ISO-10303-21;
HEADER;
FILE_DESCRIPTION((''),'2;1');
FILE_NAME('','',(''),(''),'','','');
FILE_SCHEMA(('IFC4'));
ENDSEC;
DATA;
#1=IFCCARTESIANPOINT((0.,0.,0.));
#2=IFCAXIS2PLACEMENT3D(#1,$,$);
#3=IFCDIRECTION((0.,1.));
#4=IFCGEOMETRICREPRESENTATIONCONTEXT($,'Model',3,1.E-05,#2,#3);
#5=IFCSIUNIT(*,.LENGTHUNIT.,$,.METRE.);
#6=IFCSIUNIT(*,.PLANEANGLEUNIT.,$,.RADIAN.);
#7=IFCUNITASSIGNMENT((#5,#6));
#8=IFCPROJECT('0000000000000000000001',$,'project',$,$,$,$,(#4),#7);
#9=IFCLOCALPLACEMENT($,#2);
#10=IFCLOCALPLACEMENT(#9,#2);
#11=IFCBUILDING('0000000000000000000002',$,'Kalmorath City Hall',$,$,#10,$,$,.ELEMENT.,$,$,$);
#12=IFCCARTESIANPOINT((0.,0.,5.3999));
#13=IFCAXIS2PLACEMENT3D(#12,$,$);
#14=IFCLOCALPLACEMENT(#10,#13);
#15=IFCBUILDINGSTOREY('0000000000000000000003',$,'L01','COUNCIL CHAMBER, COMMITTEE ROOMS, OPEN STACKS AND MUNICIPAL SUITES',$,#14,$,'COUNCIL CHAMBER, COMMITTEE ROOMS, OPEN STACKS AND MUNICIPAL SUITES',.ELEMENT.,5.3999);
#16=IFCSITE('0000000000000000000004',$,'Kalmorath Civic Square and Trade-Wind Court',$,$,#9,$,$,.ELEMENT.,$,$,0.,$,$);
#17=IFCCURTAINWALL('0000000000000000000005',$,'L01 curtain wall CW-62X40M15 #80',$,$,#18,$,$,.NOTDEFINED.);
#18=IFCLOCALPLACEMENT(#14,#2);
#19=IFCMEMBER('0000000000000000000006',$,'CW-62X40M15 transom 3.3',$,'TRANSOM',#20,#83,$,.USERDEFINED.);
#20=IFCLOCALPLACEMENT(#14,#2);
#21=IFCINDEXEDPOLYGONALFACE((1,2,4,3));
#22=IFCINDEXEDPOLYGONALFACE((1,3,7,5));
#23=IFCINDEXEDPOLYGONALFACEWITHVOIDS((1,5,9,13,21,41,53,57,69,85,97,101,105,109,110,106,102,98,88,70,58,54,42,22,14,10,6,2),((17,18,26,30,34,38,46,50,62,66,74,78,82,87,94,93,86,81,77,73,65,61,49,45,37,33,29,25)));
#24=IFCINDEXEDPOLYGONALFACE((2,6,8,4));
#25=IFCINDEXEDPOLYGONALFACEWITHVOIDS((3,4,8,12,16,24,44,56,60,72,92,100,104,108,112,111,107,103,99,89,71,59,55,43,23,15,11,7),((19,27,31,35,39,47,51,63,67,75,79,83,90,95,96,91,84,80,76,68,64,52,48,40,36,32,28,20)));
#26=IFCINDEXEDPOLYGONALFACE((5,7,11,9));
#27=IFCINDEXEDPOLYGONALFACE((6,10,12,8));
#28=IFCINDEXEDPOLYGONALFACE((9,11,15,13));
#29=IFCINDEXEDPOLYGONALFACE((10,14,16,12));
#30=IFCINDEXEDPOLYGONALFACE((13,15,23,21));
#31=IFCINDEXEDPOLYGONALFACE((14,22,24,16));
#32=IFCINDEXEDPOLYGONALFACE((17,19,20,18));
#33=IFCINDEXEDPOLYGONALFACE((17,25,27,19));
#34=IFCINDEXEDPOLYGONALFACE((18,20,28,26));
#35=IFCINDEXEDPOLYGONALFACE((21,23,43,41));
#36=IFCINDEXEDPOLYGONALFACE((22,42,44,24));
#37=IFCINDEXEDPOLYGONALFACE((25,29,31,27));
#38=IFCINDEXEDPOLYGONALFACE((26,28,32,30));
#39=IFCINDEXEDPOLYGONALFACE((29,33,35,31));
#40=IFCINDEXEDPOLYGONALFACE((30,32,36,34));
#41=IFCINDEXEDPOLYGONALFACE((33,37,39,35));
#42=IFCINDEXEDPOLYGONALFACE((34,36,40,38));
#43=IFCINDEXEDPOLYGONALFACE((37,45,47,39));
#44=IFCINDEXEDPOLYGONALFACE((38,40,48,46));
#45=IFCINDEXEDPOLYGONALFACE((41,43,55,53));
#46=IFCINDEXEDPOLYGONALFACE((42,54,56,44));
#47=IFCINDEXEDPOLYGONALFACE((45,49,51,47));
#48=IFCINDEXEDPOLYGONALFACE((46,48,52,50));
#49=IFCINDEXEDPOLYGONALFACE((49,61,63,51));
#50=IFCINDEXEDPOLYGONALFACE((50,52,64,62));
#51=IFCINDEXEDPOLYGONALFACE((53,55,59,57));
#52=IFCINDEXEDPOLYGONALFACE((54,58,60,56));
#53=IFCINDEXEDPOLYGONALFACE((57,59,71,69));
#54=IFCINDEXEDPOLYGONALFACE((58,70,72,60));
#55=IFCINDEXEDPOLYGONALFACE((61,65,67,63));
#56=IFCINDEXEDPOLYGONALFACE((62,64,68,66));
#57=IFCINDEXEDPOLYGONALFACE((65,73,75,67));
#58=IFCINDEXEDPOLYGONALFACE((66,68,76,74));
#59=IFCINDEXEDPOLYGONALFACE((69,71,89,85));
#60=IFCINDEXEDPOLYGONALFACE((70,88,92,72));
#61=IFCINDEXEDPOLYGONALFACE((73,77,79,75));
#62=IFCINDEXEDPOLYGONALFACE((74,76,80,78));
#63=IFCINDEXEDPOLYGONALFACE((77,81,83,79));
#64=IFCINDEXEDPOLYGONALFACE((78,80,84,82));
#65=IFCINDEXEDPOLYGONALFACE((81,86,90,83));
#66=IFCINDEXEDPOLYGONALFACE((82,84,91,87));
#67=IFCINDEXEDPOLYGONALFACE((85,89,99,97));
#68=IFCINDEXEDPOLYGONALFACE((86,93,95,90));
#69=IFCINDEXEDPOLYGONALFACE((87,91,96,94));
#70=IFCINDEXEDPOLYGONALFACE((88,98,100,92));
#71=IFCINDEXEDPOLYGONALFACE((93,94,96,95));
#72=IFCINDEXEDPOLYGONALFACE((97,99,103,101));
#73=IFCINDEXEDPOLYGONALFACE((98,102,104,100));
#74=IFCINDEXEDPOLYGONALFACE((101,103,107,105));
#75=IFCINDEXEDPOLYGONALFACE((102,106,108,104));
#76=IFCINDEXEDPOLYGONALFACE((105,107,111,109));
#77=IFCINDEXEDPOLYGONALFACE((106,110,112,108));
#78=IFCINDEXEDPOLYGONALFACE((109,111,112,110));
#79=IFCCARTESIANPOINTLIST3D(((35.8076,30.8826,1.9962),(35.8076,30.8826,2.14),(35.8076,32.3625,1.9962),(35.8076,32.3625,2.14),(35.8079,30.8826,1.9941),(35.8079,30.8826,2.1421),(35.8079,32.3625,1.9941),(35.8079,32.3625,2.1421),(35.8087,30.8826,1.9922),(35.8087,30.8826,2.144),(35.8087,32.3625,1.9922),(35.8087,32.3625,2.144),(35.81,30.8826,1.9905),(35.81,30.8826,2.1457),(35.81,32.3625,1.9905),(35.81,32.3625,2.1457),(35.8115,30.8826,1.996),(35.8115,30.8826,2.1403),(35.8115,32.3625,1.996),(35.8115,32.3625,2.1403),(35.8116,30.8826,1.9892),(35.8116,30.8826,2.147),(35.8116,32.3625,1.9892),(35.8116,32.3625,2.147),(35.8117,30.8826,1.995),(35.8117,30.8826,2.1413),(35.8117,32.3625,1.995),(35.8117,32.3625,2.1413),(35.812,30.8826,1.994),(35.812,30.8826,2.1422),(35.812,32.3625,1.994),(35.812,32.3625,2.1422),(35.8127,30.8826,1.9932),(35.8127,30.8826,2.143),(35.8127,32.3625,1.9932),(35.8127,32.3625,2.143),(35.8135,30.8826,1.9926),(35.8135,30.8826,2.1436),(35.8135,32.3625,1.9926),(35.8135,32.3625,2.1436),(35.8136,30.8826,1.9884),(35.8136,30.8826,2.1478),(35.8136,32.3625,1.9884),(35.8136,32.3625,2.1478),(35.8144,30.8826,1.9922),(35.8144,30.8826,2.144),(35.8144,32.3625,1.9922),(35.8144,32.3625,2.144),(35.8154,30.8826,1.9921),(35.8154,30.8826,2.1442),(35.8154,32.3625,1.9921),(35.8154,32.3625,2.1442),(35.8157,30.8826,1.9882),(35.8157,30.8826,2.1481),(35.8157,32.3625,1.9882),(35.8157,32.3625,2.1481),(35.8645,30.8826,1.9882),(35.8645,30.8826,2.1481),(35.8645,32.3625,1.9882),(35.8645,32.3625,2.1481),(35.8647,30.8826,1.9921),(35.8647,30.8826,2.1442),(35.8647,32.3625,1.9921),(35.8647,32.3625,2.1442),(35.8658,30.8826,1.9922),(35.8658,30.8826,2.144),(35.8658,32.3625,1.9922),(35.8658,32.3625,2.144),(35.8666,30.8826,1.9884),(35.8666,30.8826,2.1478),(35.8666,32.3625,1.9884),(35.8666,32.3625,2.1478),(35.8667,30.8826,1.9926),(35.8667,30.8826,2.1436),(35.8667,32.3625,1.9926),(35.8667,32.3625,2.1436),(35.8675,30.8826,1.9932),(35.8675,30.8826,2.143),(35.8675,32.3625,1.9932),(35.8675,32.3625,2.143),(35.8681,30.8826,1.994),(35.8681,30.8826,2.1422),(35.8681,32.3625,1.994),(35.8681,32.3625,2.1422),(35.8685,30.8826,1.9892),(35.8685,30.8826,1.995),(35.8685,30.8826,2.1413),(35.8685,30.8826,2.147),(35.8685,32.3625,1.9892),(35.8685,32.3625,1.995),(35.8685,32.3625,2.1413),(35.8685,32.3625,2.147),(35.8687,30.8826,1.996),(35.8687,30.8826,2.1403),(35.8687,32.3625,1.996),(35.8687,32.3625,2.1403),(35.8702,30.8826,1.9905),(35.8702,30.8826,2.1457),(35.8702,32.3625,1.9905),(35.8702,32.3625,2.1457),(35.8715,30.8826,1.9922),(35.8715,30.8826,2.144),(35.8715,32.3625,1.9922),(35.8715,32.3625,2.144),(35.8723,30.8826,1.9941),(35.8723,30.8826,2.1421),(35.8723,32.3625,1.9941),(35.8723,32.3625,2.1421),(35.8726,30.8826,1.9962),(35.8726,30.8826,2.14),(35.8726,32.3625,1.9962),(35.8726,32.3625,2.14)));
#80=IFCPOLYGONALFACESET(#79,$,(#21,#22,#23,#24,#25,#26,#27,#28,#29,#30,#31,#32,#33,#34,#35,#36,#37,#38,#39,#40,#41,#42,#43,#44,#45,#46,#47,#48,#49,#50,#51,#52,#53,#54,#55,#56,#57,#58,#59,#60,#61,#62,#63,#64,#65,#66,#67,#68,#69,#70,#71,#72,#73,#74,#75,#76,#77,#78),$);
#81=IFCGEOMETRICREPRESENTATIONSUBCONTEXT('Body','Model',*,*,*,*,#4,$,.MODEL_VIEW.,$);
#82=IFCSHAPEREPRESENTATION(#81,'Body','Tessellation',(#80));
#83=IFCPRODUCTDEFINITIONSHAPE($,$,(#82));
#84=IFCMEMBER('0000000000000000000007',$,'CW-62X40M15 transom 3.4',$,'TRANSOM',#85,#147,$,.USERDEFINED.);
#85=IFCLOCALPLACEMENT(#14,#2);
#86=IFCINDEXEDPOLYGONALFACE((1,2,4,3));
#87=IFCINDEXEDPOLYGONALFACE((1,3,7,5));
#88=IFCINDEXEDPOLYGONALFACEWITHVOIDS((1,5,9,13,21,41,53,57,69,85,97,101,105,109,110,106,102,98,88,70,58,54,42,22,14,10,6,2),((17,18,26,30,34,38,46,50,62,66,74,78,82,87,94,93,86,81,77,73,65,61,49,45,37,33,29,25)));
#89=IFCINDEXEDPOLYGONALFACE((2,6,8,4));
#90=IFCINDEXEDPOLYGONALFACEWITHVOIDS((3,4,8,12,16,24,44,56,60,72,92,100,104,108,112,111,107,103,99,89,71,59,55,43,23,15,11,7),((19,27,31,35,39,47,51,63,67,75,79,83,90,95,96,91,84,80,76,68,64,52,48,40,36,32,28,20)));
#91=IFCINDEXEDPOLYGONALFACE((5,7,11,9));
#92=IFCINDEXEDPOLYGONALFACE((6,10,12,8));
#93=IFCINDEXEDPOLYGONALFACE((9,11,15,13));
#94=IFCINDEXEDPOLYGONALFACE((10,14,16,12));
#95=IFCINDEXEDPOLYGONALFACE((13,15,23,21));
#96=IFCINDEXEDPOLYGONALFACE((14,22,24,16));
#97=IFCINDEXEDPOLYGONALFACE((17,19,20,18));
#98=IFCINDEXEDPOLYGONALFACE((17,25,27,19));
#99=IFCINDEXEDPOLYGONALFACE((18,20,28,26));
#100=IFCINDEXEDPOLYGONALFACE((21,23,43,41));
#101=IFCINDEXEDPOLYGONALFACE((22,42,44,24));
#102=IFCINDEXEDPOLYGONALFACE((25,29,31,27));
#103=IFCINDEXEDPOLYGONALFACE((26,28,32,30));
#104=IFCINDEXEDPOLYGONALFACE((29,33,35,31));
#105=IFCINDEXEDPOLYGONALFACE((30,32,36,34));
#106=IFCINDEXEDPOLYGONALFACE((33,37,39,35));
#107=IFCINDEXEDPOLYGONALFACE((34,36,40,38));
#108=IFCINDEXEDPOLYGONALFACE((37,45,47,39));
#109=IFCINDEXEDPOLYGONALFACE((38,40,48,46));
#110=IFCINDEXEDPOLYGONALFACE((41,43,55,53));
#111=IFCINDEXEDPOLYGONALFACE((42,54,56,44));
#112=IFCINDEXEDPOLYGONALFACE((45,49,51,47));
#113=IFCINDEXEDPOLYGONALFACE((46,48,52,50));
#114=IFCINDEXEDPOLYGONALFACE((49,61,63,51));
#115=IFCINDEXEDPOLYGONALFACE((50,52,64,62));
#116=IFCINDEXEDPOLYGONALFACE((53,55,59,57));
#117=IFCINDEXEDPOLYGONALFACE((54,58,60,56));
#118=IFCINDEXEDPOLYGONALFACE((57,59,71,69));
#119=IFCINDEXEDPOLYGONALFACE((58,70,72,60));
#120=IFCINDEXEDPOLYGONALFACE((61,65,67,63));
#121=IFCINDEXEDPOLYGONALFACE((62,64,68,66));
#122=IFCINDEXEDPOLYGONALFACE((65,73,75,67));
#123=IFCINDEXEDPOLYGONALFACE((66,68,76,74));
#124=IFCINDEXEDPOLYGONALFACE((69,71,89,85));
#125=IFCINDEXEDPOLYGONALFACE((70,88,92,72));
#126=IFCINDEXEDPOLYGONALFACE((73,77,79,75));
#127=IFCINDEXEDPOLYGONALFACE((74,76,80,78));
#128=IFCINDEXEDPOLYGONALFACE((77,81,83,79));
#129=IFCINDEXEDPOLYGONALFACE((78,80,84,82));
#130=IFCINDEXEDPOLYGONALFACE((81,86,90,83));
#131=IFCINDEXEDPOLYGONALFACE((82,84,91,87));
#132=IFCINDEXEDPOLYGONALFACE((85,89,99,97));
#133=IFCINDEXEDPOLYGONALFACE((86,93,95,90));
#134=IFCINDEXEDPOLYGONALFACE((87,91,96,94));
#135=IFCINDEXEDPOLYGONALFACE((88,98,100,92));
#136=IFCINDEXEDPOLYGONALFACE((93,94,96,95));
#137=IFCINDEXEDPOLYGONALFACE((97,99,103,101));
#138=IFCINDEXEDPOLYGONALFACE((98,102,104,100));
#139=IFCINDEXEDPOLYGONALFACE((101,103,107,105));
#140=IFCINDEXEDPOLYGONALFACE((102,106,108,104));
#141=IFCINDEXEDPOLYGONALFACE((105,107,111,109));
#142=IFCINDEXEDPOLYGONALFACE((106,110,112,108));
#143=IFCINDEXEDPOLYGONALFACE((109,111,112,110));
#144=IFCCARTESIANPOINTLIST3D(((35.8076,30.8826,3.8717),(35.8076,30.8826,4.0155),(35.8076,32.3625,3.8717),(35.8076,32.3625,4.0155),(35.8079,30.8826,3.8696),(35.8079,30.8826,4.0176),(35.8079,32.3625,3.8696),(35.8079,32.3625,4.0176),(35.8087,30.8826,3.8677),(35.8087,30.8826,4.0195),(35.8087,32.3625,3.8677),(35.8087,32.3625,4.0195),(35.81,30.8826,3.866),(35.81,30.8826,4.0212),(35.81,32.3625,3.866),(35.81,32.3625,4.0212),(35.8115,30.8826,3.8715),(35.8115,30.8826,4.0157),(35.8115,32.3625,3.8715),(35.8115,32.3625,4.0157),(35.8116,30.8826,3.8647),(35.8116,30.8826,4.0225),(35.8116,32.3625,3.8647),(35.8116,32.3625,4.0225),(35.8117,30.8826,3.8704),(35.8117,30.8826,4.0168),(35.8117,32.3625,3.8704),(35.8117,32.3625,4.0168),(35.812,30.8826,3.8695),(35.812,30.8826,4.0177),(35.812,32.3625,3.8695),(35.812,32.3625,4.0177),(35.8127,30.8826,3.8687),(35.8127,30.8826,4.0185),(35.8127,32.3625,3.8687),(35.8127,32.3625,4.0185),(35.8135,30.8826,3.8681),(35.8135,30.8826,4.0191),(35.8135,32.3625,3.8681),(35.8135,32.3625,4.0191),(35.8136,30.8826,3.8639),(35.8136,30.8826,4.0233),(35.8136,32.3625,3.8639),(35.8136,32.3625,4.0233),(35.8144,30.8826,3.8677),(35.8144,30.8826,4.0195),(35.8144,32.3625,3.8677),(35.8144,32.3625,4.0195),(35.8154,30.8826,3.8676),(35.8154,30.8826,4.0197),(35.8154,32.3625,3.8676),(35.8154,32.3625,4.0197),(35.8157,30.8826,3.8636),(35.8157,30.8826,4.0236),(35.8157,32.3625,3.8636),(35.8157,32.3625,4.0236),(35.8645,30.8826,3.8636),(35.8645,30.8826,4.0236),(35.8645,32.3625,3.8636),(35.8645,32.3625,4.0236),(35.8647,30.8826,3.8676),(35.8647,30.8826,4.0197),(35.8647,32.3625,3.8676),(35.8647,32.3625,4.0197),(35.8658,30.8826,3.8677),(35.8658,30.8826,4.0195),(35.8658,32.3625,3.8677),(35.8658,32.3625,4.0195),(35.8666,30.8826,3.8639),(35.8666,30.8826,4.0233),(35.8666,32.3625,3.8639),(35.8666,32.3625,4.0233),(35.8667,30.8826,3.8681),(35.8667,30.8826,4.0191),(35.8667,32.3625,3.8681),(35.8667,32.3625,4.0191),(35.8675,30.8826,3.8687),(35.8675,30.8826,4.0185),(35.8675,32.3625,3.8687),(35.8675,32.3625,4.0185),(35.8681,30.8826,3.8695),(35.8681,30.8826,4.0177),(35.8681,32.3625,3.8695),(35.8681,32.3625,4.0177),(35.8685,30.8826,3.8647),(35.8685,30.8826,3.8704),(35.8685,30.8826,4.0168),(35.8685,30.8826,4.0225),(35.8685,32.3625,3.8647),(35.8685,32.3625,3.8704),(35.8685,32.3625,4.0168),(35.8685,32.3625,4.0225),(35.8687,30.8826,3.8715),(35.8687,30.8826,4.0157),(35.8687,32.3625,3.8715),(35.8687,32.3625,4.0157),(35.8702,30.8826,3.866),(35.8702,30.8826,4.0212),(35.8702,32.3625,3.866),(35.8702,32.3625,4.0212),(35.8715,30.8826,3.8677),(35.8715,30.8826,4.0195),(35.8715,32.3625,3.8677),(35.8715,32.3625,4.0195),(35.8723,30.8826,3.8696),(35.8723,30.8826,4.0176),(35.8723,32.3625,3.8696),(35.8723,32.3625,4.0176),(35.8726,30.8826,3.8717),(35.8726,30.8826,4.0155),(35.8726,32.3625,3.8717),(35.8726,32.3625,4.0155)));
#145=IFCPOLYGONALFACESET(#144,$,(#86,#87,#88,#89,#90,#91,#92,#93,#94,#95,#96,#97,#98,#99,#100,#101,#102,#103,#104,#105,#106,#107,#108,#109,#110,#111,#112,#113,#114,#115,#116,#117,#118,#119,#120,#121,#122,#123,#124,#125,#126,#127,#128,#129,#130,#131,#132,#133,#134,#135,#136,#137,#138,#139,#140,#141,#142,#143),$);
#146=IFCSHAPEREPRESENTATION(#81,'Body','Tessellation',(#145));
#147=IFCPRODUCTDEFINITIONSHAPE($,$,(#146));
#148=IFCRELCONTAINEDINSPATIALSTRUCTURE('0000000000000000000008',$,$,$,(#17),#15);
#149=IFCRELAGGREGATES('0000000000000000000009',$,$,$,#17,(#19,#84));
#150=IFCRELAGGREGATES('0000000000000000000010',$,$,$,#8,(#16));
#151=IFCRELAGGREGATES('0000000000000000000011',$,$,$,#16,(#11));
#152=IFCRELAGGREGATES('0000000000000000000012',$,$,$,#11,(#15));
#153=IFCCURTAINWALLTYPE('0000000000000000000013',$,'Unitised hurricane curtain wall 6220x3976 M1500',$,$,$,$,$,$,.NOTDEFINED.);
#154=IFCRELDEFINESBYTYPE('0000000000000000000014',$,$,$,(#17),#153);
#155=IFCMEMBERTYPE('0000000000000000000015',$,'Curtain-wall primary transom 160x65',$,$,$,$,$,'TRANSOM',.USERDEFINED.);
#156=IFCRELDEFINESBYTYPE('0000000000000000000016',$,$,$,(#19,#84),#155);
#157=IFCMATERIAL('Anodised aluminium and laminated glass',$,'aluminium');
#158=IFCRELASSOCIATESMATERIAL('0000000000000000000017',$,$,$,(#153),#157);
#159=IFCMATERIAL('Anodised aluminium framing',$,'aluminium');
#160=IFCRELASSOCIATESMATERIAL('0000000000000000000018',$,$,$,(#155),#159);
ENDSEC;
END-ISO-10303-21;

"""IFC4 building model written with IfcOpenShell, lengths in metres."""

from ifc_helpers import new_model, si_unit, direction, frame, origin, origin_2d, place, context, subcontext, project, spatial, hollow_rectangle, extrude, material, material_profile, profile_set, type_object, element, aggregate, save


model = new_model("IFC4")

# Units and contexts
model_context = context("Model", 3, precision=1e-05, world=origin(), true_north=direction((0.0, 1.0)))
body_context = subcontext(model_context, "Body", "Model", "MODEL_VIEW")
ifc_project = project(units=[si_unit("LENGTHUNIT", "METRE"), si_unit("PLANEANGLEUNIT", "RADIAN")], contexts=[model_context])

# Site, building, storey
site_placement = place(None, origin())
site = spatial("IfcSite", under=ifc_project, at=site_placement, Name="Kalmorath Civic Square and Trade-Wind Court", CompositionType="ELEMENT", RefElevation=0.0)
building_placement = place(site_placement, origin())
building = spatial("IfcBuilding", under=site, at=building_placement, Name="Kalmorath City Hall", CompositionType="ELEMENT")
storey_placement = place(building_placement, frame((0.0, 0.0, 5.3999)))
storey = spatial("IfcBuildingStorey", under=building, at=storey_placement, Name="L01", Description="COUNCIL CHAMBER, COMMITTEE ROOMS, OPEN STACKS AND MUNICIPAL SUITES", LongName="COUNCIL CHAMBER, COMMITTEE ROOMS, OPEN STACKS AND MUNICIPAL SUITES", CompositionType="ELEMENT", Elevation=5.3999)

# Curtain wall
ifc_material_1 = material(Name="Anodised aluminium and laminated glass", Category="aluminium")
curtain_wall_type_1 = type_object("IfcCurtainWallType", Name="Unitised hurricane curtain wall 6220x3976 M1500", PredefinedType="NOTDEFINED", material=ifc_material_1)
curtain_wall_1_placement = place(storey_placement, origin())
curtain_wall_1 = element("IfcCurtainWall", 1, at=curtain_wall_1_placement, inside=storey, type_object=curtain_wall_type_1, Name="L01 curtain wall CW-62X40M15 #80", PredefinedType="NOTDEFINED")

# Members
ifc_material_2 = material(Name="Anodised aluminium framing", Category="aluminium")
ifc_material_profile_1 = material_profile(ifc_material_2, hollow_rectangle(XDim=0.0649, YDim=0.1599, WallThickness=0.0039, InnerFilletRadius=0.0039, OuterFilletRadius=0.0081, at=origin_2d()), Name="ALU-TRN-160X65X4")
ifc_profile_set_1 = profile_set([ifc_material_profile_1], Name="Anodised aluminium framing")
member_type_1 = type_object("IfcMemberType", Name="Curtain-wall primary transom 160x65", ElementType="TRANSOM", PredefinedType="USERDEFINED", material=ifc_profile_set_1)
member_1_placement = place(storey_placement, frame((35.8401, 32.3625, 2.0681), z_axis=(0.0, -1.0, 0.0), x_axis=(1.0, 0.0, 0.0)))
member_1 = element("IfcMember", 2, at=member_1_placement, type_object=member_type_1, Name="CW-62X40M15 transom 3.3", ObjectType="TRANSOM", PredefinedType="USERDEFINED", context=body_context, shape_type="SweptSolid", body=[
    extrude(hollow_rectangle(XDim=0.0649, YDim=0.1599, WallThickness=0.0039, InnerFilletRadius=0.0039, OuterFilletRadius=0.0081, at=origin_2d()), origin(), (0.0, 0.0, 1.0), 1.48),
])
member_2_placement = place(storey_placement, frame((35.8401, 32.3625, 3.9436), z_axis=(0.0, -1.0, 0.0), x_axis=(1.0, 0.0, 0.0)))
member_2 = element("IfcMember", 3, at=member_2_placement, type_object=member_type_1, Name="CW-62X40M15 transom 3.4", ObjectType="TRANSOM", PredefinedType="USERDEFINED", context=body_context, shape_type="SweptSolid", body=[
    extrude(hollow_rectangle(XDim=0.0649, YDim=0.1599, WallThickness=0.0039, InnerFilletRadius=0.0039, OuterFilletRadius=0.0081, at=origin_2d()), origin(), (0.0, 0.0, 1.0), 1.48),
])

aggregate(curtain_wall_1, [member_1, member_2])

save(model, "model.ifc")
